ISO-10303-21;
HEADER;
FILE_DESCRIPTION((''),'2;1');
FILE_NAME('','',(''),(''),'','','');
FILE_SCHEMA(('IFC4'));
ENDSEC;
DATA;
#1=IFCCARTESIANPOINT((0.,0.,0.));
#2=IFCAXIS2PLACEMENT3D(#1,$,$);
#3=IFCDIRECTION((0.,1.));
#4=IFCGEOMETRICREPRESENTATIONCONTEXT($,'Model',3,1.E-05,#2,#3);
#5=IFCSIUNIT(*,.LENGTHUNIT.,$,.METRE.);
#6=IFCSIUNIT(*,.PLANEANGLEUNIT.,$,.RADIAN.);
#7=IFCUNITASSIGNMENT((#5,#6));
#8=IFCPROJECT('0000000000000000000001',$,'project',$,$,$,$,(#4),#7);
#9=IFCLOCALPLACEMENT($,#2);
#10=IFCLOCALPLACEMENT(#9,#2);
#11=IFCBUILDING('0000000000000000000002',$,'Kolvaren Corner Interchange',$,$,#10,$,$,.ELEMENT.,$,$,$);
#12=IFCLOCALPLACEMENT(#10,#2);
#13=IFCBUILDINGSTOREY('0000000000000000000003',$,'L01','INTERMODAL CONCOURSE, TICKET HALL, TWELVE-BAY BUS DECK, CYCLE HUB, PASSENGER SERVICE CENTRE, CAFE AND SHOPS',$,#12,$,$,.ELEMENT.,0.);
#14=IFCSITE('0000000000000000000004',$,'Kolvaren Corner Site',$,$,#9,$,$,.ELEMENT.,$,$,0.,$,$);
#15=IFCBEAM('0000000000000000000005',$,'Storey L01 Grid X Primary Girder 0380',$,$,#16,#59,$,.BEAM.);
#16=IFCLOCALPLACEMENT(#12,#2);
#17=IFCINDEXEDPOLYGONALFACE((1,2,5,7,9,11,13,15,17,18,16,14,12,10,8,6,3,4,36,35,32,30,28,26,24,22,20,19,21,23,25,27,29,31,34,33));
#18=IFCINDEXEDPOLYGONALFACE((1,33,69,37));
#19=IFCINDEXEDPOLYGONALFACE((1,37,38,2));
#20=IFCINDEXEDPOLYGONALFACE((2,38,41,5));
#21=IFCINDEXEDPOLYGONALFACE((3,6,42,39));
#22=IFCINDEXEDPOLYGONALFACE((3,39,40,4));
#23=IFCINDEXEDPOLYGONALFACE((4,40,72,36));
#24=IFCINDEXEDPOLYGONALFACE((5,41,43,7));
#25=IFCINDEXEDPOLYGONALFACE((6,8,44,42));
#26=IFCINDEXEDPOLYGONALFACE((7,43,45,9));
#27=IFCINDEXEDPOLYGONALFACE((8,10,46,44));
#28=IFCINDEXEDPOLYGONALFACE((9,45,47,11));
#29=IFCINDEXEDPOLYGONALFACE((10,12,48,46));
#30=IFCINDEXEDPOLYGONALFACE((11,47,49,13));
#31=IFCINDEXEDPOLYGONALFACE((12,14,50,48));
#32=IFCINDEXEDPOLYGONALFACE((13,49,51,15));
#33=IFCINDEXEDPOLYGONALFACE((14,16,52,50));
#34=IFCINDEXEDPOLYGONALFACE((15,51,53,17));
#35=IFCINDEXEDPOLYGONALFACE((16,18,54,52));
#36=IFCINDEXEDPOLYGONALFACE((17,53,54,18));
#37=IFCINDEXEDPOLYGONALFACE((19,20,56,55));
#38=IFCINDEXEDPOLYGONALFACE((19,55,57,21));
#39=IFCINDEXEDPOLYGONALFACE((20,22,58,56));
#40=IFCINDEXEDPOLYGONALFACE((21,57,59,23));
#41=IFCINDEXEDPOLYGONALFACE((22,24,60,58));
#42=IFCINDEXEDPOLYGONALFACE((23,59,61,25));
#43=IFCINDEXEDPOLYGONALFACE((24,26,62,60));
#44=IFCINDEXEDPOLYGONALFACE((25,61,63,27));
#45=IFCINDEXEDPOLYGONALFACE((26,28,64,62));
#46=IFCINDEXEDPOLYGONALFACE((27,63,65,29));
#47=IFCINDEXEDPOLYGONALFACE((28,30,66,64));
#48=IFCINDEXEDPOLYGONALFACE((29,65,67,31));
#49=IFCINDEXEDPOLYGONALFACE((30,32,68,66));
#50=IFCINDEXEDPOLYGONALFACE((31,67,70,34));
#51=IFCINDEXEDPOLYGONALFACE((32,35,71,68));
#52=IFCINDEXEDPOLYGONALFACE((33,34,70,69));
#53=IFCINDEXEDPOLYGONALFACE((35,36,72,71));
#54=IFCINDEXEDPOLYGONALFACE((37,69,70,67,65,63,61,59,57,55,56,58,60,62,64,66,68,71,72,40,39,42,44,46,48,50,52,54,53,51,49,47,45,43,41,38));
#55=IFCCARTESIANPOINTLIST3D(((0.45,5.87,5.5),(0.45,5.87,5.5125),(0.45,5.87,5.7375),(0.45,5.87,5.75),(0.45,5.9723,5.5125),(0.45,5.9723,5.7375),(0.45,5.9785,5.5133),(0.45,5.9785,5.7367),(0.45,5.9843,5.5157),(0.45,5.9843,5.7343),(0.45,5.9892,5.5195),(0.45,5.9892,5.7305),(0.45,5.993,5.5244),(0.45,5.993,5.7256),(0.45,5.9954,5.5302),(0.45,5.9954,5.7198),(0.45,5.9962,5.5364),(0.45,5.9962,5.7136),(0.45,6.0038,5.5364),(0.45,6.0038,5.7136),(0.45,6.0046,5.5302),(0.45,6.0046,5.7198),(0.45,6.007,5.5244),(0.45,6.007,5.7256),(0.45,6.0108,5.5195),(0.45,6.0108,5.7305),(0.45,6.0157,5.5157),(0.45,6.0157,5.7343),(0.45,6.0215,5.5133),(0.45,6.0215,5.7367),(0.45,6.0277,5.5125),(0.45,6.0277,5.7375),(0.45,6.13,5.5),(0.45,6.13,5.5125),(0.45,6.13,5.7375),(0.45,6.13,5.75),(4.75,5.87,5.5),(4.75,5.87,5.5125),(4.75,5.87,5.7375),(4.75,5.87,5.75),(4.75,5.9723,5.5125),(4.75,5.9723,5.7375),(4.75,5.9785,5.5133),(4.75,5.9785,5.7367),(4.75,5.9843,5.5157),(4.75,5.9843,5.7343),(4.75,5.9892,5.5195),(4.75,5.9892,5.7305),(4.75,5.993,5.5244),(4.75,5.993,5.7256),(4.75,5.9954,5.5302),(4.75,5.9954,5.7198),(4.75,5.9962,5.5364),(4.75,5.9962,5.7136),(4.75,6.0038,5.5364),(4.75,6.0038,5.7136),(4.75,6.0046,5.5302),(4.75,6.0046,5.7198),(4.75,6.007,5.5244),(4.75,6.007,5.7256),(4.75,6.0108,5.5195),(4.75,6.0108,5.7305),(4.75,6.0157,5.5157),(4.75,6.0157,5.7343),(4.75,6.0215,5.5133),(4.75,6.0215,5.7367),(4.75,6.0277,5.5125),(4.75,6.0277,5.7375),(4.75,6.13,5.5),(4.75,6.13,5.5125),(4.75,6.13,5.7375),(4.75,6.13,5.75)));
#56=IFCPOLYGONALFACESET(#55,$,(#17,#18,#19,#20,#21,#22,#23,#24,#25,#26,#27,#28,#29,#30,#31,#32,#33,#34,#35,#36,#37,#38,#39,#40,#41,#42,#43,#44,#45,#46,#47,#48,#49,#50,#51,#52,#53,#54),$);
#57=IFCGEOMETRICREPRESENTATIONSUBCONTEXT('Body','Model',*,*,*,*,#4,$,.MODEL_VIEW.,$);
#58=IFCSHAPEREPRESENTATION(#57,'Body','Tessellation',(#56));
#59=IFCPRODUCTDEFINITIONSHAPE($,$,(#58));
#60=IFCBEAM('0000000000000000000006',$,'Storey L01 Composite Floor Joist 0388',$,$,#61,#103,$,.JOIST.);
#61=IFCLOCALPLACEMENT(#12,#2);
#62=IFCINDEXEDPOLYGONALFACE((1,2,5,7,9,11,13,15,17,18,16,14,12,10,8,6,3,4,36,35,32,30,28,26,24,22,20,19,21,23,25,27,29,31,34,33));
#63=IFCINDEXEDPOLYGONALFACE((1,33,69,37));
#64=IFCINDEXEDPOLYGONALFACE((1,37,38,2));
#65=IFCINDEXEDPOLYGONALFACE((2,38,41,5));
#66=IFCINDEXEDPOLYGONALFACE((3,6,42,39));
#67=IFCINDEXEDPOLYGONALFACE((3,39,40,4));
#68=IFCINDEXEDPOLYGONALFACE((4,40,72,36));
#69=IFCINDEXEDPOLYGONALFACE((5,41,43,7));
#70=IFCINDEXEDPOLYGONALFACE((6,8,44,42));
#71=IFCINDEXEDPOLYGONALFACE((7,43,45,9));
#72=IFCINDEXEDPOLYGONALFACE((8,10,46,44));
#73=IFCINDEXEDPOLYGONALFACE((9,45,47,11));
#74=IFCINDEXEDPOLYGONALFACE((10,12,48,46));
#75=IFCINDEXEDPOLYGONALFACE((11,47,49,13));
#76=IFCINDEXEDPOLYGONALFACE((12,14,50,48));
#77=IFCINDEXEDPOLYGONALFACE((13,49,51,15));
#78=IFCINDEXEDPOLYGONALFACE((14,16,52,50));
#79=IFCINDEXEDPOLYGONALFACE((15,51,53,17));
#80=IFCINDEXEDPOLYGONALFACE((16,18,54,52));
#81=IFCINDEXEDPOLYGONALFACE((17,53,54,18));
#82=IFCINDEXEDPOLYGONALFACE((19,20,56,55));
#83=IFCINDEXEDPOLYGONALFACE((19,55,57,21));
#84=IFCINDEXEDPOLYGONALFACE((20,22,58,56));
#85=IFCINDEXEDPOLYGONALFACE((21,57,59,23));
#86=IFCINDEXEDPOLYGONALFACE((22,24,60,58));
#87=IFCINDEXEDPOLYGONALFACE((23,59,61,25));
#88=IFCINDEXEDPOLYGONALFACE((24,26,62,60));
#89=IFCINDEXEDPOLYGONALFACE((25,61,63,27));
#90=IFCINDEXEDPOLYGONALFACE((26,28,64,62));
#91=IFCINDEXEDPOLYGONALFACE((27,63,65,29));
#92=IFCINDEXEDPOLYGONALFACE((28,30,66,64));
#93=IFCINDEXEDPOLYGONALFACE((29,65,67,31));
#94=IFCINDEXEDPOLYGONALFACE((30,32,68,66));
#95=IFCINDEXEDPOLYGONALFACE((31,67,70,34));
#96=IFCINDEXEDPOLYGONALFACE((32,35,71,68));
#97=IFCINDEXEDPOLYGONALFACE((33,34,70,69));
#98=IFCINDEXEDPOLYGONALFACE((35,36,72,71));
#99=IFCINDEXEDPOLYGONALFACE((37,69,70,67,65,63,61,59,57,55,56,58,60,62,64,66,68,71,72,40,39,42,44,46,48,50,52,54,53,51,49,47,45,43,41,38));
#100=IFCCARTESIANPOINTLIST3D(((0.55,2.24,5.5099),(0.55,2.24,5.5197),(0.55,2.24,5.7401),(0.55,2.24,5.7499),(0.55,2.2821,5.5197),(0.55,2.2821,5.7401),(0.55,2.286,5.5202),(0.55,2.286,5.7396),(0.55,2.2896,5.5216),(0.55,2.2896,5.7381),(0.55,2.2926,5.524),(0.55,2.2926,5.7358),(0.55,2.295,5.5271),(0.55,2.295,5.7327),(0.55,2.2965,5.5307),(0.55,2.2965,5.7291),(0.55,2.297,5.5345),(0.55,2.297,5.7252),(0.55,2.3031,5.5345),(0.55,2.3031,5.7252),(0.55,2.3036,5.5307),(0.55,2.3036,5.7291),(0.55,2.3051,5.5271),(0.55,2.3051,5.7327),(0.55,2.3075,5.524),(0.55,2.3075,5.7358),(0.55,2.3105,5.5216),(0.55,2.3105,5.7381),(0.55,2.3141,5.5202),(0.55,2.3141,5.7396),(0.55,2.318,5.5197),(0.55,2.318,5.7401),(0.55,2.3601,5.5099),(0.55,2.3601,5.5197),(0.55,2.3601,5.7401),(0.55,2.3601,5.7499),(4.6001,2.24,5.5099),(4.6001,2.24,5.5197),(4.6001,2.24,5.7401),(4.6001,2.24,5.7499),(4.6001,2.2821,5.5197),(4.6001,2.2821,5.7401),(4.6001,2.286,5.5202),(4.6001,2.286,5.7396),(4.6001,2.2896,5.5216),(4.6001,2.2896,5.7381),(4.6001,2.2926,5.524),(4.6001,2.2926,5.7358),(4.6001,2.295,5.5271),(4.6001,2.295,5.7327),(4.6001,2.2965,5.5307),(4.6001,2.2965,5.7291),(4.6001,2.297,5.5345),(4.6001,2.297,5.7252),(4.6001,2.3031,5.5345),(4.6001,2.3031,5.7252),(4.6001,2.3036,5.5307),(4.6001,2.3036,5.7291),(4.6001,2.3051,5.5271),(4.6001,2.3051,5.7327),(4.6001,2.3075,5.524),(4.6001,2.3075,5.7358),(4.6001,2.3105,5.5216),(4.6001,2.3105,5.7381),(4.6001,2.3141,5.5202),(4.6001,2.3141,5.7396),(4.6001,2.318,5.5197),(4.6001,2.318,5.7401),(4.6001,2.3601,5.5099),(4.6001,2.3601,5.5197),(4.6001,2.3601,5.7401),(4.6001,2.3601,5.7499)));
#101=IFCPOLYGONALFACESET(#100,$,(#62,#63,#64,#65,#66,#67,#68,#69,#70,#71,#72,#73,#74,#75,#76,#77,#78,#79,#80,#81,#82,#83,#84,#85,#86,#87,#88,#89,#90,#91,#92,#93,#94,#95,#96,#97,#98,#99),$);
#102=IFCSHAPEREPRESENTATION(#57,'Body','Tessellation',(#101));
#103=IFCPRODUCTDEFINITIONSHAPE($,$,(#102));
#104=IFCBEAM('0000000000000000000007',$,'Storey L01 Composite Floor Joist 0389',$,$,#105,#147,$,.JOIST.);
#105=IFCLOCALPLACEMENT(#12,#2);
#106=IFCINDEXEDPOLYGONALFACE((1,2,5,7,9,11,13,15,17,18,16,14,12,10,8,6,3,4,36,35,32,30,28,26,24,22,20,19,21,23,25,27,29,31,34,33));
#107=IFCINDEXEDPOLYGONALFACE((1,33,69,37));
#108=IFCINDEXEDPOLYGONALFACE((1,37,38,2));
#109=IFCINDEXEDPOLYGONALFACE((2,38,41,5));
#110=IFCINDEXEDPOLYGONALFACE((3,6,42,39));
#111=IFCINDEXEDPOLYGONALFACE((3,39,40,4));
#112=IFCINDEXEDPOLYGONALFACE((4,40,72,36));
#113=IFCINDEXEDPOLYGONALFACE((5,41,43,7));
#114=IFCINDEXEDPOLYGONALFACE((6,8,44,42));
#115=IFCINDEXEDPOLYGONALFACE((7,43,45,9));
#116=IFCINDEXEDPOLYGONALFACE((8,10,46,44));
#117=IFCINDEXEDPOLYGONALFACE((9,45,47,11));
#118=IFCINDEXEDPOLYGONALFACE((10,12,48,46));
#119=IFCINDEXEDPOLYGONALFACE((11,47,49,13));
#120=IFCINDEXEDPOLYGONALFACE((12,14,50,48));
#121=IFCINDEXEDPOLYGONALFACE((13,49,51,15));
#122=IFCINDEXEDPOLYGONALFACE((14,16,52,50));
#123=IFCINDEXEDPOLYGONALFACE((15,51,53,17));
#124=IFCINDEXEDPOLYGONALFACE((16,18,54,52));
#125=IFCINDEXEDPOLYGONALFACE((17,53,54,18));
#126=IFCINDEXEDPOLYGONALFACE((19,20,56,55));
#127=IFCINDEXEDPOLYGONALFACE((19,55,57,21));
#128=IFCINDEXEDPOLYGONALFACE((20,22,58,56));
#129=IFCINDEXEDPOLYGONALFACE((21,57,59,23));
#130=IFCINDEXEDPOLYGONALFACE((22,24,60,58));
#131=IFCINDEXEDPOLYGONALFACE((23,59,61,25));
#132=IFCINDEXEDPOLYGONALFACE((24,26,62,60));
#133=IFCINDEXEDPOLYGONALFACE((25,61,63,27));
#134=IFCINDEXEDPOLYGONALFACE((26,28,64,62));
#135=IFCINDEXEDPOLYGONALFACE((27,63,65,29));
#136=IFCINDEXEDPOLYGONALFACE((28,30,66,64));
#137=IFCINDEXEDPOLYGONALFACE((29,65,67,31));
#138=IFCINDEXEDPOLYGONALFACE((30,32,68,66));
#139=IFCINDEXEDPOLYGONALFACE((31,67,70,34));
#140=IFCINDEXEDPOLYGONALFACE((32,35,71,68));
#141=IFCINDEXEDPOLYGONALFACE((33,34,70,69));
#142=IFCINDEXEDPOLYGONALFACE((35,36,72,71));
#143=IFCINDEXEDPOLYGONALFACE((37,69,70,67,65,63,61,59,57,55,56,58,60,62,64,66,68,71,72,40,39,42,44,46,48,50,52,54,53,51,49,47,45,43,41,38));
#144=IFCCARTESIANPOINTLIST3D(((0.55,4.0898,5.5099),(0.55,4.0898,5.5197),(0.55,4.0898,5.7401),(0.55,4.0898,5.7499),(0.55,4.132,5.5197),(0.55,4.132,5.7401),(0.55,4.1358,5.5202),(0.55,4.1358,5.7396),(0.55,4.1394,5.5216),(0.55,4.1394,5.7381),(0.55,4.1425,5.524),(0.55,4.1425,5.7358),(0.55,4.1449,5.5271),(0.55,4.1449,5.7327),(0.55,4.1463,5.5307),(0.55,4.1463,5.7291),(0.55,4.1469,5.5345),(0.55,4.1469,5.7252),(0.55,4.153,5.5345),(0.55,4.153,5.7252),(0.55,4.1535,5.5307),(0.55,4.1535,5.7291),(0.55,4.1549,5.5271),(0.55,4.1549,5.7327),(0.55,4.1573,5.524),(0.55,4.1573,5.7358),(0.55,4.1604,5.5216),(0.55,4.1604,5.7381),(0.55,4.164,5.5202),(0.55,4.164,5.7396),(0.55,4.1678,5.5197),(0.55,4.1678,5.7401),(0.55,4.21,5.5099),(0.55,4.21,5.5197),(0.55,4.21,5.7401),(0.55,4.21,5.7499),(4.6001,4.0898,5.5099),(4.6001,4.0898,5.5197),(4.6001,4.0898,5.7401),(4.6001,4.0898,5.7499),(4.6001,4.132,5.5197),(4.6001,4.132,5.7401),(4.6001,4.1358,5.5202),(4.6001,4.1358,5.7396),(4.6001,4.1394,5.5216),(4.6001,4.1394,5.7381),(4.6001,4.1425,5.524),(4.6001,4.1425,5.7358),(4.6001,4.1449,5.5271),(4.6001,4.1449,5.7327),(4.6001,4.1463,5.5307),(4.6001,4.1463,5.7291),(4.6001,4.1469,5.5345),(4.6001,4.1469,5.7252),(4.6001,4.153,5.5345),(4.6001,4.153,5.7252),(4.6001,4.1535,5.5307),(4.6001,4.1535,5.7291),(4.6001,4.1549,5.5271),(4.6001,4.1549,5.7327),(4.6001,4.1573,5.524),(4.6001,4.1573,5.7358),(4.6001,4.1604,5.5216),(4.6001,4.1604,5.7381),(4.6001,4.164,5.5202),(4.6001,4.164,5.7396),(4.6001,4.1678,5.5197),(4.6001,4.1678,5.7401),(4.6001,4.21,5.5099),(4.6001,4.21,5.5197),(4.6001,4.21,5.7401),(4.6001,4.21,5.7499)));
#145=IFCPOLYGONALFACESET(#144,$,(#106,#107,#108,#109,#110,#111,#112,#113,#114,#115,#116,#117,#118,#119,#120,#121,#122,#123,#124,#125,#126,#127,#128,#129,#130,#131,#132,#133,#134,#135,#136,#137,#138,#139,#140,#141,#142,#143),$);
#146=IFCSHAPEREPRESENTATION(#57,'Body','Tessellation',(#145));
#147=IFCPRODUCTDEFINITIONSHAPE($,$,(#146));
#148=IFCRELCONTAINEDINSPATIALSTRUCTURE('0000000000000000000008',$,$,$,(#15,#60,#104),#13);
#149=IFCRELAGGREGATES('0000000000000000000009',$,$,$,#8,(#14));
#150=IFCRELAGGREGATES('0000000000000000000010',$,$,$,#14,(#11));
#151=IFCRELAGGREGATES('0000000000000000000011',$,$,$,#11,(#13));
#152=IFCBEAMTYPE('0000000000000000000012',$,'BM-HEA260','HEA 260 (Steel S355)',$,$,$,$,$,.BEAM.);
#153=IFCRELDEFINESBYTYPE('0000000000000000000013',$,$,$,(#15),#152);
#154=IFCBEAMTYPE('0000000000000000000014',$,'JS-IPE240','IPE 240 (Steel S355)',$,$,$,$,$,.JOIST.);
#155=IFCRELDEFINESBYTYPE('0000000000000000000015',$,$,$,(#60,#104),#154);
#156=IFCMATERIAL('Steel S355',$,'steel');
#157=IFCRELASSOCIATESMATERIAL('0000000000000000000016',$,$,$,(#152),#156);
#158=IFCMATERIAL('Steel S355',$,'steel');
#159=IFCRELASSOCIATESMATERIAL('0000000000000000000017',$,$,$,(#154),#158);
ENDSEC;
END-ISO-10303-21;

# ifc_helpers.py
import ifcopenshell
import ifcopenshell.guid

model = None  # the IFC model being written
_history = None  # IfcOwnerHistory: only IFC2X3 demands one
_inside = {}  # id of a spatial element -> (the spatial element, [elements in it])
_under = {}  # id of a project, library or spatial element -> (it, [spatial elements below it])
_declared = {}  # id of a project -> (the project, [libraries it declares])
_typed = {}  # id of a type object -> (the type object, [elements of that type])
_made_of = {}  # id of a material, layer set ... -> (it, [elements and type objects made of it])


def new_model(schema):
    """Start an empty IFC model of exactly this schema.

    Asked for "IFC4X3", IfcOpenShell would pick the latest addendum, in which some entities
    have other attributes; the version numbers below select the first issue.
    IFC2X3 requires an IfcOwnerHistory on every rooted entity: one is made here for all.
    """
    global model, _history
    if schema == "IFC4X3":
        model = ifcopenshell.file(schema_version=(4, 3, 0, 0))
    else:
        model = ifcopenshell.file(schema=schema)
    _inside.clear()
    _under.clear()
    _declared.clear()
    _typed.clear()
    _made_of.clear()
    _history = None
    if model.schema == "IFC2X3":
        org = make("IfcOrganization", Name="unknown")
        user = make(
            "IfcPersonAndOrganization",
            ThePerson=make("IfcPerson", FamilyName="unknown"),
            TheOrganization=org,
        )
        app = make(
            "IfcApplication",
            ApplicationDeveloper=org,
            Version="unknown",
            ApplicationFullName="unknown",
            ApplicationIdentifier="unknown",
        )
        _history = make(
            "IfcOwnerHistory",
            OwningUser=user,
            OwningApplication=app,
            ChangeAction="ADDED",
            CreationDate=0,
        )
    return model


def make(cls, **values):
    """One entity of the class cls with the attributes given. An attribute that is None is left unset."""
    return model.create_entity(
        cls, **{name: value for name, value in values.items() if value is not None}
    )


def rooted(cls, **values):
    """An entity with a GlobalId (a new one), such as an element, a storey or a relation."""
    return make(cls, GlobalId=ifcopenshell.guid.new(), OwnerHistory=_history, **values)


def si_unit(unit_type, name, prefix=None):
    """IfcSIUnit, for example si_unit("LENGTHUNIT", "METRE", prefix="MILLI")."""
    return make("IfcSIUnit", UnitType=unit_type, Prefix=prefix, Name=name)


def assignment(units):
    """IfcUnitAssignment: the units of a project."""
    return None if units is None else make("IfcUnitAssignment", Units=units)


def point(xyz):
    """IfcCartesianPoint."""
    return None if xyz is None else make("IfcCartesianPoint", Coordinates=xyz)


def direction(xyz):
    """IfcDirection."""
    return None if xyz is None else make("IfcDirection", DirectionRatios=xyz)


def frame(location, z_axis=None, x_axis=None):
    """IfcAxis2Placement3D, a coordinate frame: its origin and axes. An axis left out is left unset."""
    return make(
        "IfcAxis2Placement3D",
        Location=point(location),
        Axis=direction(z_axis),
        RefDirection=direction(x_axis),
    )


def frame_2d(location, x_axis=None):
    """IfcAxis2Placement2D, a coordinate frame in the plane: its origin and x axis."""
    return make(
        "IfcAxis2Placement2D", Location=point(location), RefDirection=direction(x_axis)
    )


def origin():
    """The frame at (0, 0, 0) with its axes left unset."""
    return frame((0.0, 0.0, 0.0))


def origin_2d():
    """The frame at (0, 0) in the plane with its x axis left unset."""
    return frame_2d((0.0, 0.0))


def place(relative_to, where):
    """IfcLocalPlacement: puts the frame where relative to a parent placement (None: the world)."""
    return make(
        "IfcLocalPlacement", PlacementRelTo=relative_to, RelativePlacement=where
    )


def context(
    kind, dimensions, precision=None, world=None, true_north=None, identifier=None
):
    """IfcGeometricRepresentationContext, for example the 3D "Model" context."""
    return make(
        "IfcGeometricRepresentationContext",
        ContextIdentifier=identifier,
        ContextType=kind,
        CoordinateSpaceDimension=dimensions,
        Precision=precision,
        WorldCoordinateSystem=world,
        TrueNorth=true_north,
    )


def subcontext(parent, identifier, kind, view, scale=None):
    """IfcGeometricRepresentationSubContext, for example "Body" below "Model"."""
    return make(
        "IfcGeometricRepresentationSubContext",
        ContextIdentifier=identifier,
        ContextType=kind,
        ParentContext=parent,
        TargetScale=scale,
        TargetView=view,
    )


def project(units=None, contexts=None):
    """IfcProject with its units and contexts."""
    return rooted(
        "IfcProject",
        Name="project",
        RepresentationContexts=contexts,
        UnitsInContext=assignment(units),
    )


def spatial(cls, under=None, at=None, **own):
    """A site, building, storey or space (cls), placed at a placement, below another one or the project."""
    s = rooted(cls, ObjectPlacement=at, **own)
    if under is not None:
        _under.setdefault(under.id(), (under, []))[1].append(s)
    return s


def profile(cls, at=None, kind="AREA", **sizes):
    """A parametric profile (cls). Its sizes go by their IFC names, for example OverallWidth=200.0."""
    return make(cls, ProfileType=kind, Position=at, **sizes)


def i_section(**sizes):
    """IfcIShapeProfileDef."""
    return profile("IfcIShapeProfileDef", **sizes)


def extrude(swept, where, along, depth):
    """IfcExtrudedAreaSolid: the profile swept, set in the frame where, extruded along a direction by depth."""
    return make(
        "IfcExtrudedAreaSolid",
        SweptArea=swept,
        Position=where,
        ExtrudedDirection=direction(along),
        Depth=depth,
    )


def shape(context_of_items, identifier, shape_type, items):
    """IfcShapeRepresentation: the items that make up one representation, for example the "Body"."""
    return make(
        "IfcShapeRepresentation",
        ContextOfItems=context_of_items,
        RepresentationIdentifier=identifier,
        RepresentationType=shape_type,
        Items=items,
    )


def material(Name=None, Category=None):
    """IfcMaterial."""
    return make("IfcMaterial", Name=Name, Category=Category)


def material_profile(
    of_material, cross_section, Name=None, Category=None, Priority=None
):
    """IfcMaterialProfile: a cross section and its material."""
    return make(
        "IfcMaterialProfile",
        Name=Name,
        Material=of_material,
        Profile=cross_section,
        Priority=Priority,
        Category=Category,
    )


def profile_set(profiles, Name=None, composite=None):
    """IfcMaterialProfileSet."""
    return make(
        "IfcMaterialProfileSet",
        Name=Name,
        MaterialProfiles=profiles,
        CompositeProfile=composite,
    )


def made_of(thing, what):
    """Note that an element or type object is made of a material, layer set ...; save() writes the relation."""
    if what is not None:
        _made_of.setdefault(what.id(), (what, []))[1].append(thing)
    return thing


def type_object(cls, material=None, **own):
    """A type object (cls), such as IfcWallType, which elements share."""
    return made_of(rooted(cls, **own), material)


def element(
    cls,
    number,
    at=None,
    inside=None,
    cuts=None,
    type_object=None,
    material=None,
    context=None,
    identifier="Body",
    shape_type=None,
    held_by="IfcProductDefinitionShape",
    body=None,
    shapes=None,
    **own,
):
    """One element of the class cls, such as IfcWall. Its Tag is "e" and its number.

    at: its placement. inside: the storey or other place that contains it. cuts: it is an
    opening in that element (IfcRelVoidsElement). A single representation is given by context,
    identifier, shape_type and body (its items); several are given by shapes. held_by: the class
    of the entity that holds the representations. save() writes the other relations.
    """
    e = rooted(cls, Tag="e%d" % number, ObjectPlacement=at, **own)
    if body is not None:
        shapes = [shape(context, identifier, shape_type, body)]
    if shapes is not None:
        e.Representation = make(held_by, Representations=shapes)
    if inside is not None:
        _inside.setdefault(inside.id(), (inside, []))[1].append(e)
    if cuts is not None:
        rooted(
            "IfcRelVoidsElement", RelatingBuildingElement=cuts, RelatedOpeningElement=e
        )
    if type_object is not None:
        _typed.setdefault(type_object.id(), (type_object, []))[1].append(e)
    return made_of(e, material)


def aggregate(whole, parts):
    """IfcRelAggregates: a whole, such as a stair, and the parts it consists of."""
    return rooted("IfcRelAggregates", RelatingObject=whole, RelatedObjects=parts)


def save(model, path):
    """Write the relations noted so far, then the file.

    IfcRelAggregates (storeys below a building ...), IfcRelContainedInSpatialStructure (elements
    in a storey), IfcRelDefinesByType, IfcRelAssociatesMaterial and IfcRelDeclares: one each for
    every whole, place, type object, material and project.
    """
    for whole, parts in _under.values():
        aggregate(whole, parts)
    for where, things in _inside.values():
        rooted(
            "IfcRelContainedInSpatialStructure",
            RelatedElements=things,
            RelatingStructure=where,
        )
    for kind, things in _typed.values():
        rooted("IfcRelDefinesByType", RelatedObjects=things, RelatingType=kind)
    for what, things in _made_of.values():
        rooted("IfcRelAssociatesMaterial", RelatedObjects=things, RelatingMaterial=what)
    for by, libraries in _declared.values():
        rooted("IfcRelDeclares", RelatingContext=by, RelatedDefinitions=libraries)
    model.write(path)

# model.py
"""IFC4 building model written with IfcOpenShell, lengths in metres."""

from ifc_helpers import new_model, si_unit, direction, frame, origin, origin_2d, place, context, subcontext, project, spatial, i_section, extrude, material, material_profile, profile_set, type_object, element, save


model = new_model("IFC4")

# Units and contexts
model_context = context("Model", 3, precision=1e-05, world=origin(), true_north=direction((0.0, 1.0)))
body_context = subcontext(model_context, "Body", "Model", "MODEL_VIEW")
ifc_project = project(units=[si_unit("LENGTHUNIT", "METRE"), si_unit("PLANEANGLEUNIT", "RADIAN")], contexts=[model_context])

# Site, building, storey
site_placement = place(None, origin())
site = spatial("IfcSite", under=ifc_project, at=site_placement, Name="Kolvaren Corner Site", CompositionType="ELEMENT", RefElevation=0.0)
building_placement = place(site_placement, origin())
building = spatial("IfcBuilding", under=site, at=building_placement, Name="Kolvaren Corner Interchange", CompositionType="ELEMENT")
storey_placement = place(building_placement, origin())
storey = spatial("IfcBuildingStorey", under=building, at=storey_placement, Name="L01", Description="INTERMODAL CONCOURSE, TICKET HALL, TWELVE-BAY BUS DECK, CYCLE HUB, PASSENGER SERVICE CENTRE, CAFE AND SHOPS", CompositionType="ELEMENT", Elevation=0.0)

# Beams
ifc_material_1 = material(Name="Steel S355", Category="steel")
ifc_material_profile_1 = material_profile(ifc_material_1, i_section(OverallWidth=0.26, OverallDepth=0.25, WebThickness=0.0076, FlangeThickness=0.0125, FilletRadius=0.0239, at=origin_2d()), Name="HEA 260")
ifc_profile_set_1 = profile_set([ifc_material_profile_1], Name="Steel S355")
beam_type_1 = type_object("IfcBeamType", Name="BM-HEA260", Description="HEA 260 (Steel S355)", PredefinedType="BEAM", material=ifc_profile_set_1)
beam_1_placement = place(storey_placement, frame((0.45, 6.0, 5.625), z_axis=(1.0, 0.0, 0.0), x_axis=(0.0, 1.0, 0.0)))
element("IfcBeam", 1, at=beam_1_placement, inside=storey, type_object=beam_type_1, Name="Storey L01 Grid X Primary Girder 0380", PredefinedType="BEAM", context=body_context, shape_type="SweptSolid", body=[
    extrude(i_section(OverallWidth=0.26, OverallDepth=0.25, WebThickness=0.0076, FlangeThickness=0.0125, FilletRadius=0.0239, at=origin_2d()), origin(), (0.0, 0.0, 1.0), 4.3),
])
ifc_material_2 = material(Name="Steel S355", Category="steel")
ifc_material_profile_2 = material_profile(ifc_material_2, i_section(OverallWidth=0.1201, OverallDepth=0.24, WebThickness=0.0061, FlangeThickness=0.0098, FilletRadius=0.0149, at=origin_2d()), Name="IPE 240")
ifc_profile_set_2 = profile_set([ifc_material_profile_2], Name="Steel S355")
beam_type_2 = type_object("IfcBeamType", Name="JS-IPE240", Description="IPE 240 (Steel S355)", PredefinedType="JOIST", material=ifc_profile_set_2)
for number, where, z_axis, x_axis, name in (
    (2, (0.55, 2.3, 5.6299), (1.0, 0.0, 0.0), (0.0, 1.0, 0.0), "Storey L01 Composite Floor Joist 0388"),
    (3, (0.55, 4.1499, 5.6299), (1.0, 0.0, 0.0), (0.0, 1.0, 0.0), "Storey L01 Composite Floor Joist 0389"),
):
    element("IfcBeam", number, at=place(storey_placement, frame(where, z_axis=z_axis, x_axis=x_axis)), inside=storey, type_object=beam_type_2, Name=name, PredefinedType="JOIST", context=body_context, shape_type="SweptSolid", body=[
        extrude(i_section(OverallWidth=0.1201, OverallDepth=0.24, WebThickness=0.0061, FlangeThickness=0.0098, FilletRadius=0.0149, at=origin_2d()), origin(), (0.0, 0.0, 1.0), 4.05),
    ])

save(model, "model.ifc")
